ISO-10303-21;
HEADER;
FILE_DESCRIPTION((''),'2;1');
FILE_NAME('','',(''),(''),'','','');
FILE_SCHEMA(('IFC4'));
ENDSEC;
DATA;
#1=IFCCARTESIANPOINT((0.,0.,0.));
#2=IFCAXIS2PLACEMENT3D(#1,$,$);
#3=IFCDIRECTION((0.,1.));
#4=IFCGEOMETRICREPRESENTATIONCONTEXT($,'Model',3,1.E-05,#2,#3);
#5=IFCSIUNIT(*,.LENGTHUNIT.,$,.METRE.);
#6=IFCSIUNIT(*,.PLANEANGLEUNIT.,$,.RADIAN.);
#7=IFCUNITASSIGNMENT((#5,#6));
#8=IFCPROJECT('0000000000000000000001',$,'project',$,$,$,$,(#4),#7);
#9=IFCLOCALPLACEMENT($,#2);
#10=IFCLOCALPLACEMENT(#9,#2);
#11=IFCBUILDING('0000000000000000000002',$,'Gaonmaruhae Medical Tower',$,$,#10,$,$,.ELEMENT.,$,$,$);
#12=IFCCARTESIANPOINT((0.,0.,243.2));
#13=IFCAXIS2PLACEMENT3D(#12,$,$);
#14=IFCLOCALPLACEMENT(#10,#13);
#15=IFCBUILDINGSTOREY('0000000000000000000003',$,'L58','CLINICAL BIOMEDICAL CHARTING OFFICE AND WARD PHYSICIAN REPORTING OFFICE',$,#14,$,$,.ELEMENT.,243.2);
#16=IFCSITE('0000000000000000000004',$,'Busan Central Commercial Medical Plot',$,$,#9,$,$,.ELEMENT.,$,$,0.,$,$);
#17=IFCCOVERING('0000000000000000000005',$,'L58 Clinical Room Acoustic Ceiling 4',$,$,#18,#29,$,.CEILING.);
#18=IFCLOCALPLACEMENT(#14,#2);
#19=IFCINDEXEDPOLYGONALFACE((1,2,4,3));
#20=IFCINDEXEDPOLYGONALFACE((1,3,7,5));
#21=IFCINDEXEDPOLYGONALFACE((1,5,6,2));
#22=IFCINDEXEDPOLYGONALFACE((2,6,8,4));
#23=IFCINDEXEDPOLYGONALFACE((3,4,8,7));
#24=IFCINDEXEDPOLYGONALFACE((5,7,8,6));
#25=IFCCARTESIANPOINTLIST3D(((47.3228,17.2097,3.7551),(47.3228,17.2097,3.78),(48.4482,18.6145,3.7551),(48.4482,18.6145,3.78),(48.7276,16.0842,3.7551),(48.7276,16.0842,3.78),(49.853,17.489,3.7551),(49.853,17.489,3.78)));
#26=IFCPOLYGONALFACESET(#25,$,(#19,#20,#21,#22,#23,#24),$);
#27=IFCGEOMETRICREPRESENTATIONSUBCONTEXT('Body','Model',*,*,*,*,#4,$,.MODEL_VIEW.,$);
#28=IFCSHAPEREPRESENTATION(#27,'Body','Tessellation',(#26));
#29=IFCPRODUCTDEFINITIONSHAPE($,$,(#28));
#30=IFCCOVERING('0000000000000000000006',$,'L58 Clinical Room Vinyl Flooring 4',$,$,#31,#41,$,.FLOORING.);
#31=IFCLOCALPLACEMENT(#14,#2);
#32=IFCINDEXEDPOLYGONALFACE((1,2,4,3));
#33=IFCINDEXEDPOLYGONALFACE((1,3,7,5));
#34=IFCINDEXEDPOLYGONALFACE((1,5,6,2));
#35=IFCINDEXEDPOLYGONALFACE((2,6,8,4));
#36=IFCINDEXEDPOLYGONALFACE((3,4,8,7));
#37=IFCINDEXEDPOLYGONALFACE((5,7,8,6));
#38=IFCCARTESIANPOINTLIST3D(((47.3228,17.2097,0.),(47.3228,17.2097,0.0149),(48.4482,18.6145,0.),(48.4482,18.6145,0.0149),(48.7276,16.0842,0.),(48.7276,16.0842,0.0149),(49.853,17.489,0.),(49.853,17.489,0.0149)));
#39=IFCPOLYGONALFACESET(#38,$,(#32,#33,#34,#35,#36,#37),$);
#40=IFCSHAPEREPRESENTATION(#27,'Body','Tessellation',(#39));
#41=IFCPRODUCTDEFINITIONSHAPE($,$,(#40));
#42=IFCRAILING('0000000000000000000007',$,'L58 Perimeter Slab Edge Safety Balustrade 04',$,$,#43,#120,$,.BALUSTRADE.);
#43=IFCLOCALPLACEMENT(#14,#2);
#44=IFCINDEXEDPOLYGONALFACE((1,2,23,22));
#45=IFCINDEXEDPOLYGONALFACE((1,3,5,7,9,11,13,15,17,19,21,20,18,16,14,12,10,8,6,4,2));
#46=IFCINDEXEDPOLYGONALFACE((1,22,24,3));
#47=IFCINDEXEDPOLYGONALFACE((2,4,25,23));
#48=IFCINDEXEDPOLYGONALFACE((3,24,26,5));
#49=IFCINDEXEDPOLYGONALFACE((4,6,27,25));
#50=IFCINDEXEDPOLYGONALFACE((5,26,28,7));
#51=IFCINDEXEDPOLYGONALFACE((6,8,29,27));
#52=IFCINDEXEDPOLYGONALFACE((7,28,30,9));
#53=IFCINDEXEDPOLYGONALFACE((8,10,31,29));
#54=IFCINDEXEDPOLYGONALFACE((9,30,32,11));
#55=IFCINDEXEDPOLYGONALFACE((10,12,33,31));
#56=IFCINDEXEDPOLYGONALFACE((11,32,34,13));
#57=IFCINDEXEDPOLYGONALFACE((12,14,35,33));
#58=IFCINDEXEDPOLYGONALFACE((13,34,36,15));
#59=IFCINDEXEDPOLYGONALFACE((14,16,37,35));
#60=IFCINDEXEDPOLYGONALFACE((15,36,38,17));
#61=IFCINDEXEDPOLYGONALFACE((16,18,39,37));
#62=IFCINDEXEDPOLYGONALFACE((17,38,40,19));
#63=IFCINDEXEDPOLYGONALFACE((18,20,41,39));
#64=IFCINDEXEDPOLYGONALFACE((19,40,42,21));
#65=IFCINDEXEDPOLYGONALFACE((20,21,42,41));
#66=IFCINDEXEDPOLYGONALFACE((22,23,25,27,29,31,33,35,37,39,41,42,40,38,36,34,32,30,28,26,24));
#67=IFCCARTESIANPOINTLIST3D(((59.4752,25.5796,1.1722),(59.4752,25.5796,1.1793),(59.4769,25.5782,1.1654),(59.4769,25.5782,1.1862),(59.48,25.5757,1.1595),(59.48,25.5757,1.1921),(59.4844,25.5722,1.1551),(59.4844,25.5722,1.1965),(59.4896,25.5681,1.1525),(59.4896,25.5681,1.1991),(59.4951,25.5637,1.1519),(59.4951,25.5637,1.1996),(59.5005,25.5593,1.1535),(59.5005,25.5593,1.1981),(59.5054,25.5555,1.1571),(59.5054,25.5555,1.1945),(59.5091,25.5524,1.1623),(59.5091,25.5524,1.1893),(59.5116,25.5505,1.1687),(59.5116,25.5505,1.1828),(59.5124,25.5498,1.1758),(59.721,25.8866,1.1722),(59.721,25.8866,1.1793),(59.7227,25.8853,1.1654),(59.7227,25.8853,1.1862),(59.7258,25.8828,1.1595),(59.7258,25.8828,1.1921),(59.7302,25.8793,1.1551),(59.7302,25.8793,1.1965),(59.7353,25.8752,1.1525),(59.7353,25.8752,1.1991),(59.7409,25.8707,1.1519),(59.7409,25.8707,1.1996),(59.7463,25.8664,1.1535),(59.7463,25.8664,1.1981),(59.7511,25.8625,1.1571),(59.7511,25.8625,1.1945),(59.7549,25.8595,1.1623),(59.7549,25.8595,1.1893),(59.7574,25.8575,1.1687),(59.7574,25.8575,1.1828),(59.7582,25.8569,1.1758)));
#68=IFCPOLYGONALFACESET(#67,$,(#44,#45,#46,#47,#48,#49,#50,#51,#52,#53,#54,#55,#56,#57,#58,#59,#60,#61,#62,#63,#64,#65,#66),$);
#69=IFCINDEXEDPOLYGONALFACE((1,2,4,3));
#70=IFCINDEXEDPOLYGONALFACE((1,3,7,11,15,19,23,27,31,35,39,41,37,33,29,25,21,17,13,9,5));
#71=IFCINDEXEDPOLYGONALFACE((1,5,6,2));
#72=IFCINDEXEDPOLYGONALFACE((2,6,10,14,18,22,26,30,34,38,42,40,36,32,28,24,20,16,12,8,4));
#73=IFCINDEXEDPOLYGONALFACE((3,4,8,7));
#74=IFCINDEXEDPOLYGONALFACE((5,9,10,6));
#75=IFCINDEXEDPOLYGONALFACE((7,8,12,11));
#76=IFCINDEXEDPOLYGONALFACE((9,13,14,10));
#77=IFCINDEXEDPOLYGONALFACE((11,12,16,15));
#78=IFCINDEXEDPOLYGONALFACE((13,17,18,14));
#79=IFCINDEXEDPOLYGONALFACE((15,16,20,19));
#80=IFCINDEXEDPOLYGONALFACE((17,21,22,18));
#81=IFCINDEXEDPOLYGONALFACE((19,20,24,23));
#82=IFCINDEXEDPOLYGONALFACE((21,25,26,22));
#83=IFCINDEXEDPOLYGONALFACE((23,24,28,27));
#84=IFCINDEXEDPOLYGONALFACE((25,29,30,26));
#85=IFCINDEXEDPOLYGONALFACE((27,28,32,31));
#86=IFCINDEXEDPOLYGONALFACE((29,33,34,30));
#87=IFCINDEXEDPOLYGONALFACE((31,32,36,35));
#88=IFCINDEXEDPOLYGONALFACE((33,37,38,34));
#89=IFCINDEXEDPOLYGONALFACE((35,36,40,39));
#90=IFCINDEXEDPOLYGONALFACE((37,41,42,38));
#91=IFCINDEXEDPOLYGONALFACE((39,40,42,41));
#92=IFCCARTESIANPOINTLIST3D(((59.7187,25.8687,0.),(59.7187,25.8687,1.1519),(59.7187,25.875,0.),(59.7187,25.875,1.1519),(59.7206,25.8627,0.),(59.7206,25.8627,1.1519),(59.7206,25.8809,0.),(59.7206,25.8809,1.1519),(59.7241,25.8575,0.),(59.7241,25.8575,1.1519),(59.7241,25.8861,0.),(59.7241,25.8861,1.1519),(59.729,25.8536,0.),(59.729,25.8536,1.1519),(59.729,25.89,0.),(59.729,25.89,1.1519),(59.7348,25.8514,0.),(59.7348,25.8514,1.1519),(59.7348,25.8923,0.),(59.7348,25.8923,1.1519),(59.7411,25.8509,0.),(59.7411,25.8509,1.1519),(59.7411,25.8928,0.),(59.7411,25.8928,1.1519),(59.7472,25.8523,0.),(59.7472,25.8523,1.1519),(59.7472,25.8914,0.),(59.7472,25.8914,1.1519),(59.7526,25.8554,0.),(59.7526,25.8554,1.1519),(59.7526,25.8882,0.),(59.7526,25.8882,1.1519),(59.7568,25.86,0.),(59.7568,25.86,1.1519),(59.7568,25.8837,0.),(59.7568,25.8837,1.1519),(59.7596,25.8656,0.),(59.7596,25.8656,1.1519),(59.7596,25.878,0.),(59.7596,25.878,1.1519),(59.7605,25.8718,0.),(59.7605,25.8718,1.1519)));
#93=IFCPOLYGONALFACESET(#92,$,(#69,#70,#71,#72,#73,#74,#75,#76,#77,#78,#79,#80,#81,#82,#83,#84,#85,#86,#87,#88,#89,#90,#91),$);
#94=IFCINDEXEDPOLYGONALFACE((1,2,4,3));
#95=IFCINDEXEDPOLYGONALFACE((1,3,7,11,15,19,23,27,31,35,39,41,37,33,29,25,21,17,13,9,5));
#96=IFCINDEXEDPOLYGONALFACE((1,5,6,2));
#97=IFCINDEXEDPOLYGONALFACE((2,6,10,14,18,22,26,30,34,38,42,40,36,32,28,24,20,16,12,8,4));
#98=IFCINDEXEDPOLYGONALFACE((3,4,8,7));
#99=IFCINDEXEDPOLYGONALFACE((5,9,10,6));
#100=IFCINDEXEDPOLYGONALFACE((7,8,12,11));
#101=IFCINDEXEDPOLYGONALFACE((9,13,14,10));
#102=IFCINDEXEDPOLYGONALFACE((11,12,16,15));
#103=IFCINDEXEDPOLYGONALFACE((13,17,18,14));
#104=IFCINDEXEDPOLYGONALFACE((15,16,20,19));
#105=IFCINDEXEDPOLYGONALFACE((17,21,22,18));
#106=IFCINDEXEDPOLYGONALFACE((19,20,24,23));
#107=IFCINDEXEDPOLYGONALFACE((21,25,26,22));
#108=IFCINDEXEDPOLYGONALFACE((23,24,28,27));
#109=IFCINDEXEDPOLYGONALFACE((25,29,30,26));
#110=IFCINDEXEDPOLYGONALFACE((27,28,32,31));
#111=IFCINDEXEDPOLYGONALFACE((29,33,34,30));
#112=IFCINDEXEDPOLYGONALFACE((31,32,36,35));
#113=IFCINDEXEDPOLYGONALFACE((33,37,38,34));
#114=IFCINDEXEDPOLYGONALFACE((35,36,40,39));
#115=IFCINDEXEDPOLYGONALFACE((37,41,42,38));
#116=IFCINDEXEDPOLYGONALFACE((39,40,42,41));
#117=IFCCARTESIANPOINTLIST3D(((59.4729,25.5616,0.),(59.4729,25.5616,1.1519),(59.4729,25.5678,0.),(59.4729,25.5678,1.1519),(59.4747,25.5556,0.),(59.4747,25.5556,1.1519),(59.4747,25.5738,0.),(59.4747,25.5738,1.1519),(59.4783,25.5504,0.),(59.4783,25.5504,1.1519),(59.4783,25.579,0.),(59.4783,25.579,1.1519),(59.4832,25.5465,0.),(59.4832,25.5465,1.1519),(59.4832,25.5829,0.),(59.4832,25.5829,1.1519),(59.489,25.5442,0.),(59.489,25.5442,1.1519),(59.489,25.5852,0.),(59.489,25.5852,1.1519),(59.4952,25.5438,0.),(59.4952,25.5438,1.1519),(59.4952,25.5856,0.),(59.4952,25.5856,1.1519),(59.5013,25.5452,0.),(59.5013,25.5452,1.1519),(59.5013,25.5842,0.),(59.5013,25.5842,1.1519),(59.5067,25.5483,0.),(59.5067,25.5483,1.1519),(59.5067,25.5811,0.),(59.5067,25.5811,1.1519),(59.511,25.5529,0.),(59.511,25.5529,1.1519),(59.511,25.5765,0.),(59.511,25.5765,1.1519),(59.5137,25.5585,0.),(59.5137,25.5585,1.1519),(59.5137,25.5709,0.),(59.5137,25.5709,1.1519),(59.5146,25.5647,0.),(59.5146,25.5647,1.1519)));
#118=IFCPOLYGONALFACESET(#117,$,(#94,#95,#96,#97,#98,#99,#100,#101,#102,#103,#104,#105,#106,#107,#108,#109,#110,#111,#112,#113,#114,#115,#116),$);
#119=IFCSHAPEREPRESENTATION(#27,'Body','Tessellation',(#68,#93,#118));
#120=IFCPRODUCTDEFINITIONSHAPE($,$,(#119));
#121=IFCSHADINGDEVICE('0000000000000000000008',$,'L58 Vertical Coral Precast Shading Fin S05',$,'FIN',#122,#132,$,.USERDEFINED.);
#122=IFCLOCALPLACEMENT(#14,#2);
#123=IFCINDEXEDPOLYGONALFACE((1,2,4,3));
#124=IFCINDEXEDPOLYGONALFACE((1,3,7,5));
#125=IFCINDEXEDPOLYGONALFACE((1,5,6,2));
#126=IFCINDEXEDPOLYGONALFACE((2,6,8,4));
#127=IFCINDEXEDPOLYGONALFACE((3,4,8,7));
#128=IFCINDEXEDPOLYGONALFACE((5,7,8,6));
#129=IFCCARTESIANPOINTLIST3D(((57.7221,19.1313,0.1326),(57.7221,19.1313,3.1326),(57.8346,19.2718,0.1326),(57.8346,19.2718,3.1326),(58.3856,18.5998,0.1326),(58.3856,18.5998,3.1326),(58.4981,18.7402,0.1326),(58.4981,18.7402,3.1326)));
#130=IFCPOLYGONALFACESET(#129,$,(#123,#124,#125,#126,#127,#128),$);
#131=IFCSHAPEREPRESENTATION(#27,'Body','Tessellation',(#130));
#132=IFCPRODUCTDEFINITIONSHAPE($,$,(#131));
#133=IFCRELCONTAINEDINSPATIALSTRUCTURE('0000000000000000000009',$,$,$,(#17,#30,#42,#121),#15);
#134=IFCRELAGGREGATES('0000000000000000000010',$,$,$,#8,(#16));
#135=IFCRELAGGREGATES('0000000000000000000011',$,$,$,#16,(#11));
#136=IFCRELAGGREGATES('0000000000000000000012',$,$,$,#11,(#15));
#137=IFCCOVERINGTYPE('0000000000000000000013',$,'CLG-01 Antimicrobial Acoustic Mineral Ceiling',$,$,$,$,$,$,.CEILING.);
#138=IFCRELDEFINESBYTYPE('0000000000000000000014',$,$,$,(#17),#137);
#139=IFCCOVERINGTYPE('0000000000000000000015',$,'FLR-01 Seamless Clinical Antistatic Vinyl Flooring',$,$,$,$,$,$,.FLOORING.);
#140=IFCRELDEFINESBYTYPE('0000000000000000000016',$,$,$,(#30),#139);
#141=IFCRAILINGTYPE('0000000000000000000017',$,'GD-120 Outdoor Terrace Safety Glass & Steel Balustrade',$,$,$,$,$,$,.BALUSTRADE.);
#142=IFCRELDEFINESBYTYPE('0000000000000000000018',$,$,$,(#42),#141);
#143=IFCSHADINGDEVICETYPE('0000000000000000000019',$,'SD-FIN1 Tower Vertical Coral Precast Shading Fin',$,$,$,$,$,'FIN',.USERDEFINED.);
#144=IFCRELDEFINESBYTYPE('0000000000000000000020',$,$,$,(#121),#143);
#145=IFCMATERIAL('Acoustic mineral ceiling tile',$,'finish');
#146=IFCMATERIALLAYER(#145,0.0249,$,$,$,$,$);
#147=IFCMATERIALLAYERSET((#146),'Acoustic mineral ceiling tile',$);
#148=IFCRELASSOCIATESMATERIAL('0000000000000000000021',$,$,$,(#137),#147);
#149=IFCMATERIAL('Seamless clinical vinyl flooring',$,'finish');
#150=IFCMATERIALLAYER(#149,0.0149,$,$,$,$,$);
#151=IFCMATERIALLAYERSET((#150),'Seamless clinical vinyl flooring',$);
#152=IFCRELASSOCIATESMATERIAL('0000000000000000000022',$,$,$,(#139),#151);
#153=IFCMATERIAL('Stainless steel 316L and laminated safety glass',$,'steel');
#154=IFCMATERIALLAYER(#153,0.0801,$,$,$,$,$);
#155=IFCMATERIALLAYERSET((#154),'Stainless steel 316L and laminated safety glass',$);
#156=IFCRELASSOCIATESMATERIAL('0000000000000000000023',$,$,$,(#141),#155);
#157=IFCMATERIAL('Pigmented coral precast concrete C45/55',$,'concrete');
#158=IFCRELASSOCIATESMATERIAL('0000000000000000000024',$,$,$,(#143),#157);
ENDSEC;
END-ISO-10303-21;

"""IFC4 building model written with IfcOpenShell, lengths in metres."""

from ifc_helpers import new_model, si_unit, direction, frame, origin, origin_2d, place, context, subcontext, project, spatial, rectangle, circle, extrude, material, layer, layer_set, type_object, element, save


model = new_model("IFC4")

# Units and contexts
model_context = context("Model", 3, precision=1e-05, world=origin(), true_north=direction((0.0, 1.0)))
body_context = subcontext(model_context, "Body", "Model", "MODEL_VIEW")
ifc_project = project(units=[si_unit("LENGTHUNIT", "METRE"), si_unit("PLANEANGLEUNIT", "RADIAN")], contexts=[model_context])

# Site, building, storey
site_placement = place(None, origin())
site = spatial("IfcSite", under=ifc_project, at=site_placement, Name="Busan Central Commercial Medical Plot", CompositionType="ELEMENT", RefElevation=0.0)
building_placement = place(site_placement, origin())
building = spatial("IfcBuilding", under=site, at=building_placement, Name="Gaonmaruhae Medical Tower", CompositionType="ELEMENT")
storey_placement = place(building_placement, frame((0.0, 0.0, 243.2)))
storey = spatial("IfcBuildingStorey", under=building, at=storey_placement, Name="L58", Description="CLINICAL BIOMEDICAL CHARTING OFFICE AND WARD PHYSICIAN REPORTING OFFICE", CompositionType="ELEMENT", Elevation=243.2)

# Coverings
ifc_material_1 = material(Name="Acoustic mineral ceiling tile", Category="finish")
ifc_layer_1 = layer(ifc_material_1, 0.0249)
ifc_layer_set_1 = layer_set([ifc_layer_1], Name="Acoustic mineral ceiling tile")
covering_type_1 = type_object("IfcCoveringType", Name="CLG-01 Antimicrobial Acoustic Mineral Ceiling", PredefinedType="CEILING", material=ifc_layer_set_1)
covering_1_placement = place(storey_placement, frame((48.5879, 17.3494, 3.7551), z_axis=(0.0, 0.0, 1.0), x_axis=(0.625243, 0.78043, 0.0)))
element("IfcCovering", 1, at=covering_1_placement, inside=storey, type_object=covering_type_1, Name="L58 Clinical Room Acoustic Ceiling 4", PredefinedType="CEILING", context=body_context, shape_type="SweptSolid", body=[
    extrude(rectangle(XDim=1.8, YDim=1.8, at=origin_2d()), origin(), (0.0, 0.0, 1.0), 0.0249),
])
ifc_material_2 = material(Name="Seamless clinical vinyl flooring", Category="finish")
ifc_layer_2 = layer(ifc_material_2, 0.0149)
ifc_layer_set_2 = layer_set([ifc_layer_2], Name="Seamless clinical vinyl flooring")
covering_type_2 = type_object("IfcCoveringType", Name="FLR-01 Seamless Clinical Antistatic Vinyl Flooring", PredefinedType="FLOORING", material=ifc_layer_set_2)
covering_2_placement = place(storey_placement, frame((48.5879, 17.3494, 0.0), z_axis=(0.0, 0.0, 1.0), x_axis=(0.625243, 0.78043, 0.0)))
element("IfcCovering", 2, at=covering_2_placement, inside=storey, type_object=covering_type_2, Name="L58 Clinical Room Vinyl Flooring 4", PredefinedType="FLOORING", context=body_context, shape_type="SweptSolid", body=[
    extrude(rectangle(XDim=1.8, YDim=1.8, at=origin_2d()), origin(), (0.0, 0.0, 1.0), 0.0149),
])

# Railing
ifc_material_3 = material(Name="Stainless steel 316L and laminated safety glass", Category="steel")
ifc_layer_3 = layer(ifc_material_3, 0.0801)
ifc_layer_set_3 = layer_set([ifc_layer_3], Name="Stainless steel 316L and laminated safety glass")
railing_type = type_object("IfcRailingType", Name="GD-120 Outdoor Terrace Safety Glass & Steel Balustrade", PredefinedType="BALUSTRADE", material=ifc_layer_set_3)
railing_placement = place(storey_placement, frame((59.7395, 25.8718, 0.0)))
element("IfcRailing", 3, at=railing_placement, inside=storey, type_object=railing_type, Name="L58 Perimeter Slab Edge Safety Balustrade 04", PredefinedType="BALUSTRADE", context=body_context, shape_type="SweptSolid", body=[
    extrude(circle(Radius=0.0239, at=origin_2d()), frame((0.0, 0.0, 1.1758), z_axis=(-0.624922, -0.780687, 0.0), x_axis=(0.780687, -0.624922, 0.0)), (0.0, 0.0, 1.0), 0.3933),
    extrude(circle(Radius=0.021, at=origin_2d()), origin(), (0.0, 0.0, 1.0), 1.1519),
    extrude(circle(Radius=0.021, at=origin_2d()), frame((-0.2458, -0.3071, 0.0)), (0.0, 0.0, 1.0), 1.1519),
])

# Shading device
ifc_material_4 = material(Name="Pigmented coral precast concrete C45/55", Category="concrete")
shading_device_type = type_object("IfcShadingDeviceType", Name="SD-FIN1 Tower Vertical Coral Precast Shading Fin", ElementType="FIN", PredefinedType="USERDEFINED", material=ifc_material_4)
shading_device_placement = place(storey_placement, frame((58.1101, 18.9358, 0.1326), z_axis=(0.0, 0.0, 1.0), x_axis=(-0.625243, -0.78043, 0.0)))
element("IfcShadingDevice", 4, at=shading_device_placement, inside=storey, type_object=shading_device_type, Name="L58 Vertical Coral Precast Shading Fin S05", ObjectType="FIN", PredefinedType="USERDEFINED", context=body_context, shape_type="SweptSolid", body=[
    extrude(rectangle(XDim=0.1799, YDim=0.8501, at=origin_2d()), origin(), (0.0, 0.0, 1.0), 3.0),
])

save(model, "model.ifc")
